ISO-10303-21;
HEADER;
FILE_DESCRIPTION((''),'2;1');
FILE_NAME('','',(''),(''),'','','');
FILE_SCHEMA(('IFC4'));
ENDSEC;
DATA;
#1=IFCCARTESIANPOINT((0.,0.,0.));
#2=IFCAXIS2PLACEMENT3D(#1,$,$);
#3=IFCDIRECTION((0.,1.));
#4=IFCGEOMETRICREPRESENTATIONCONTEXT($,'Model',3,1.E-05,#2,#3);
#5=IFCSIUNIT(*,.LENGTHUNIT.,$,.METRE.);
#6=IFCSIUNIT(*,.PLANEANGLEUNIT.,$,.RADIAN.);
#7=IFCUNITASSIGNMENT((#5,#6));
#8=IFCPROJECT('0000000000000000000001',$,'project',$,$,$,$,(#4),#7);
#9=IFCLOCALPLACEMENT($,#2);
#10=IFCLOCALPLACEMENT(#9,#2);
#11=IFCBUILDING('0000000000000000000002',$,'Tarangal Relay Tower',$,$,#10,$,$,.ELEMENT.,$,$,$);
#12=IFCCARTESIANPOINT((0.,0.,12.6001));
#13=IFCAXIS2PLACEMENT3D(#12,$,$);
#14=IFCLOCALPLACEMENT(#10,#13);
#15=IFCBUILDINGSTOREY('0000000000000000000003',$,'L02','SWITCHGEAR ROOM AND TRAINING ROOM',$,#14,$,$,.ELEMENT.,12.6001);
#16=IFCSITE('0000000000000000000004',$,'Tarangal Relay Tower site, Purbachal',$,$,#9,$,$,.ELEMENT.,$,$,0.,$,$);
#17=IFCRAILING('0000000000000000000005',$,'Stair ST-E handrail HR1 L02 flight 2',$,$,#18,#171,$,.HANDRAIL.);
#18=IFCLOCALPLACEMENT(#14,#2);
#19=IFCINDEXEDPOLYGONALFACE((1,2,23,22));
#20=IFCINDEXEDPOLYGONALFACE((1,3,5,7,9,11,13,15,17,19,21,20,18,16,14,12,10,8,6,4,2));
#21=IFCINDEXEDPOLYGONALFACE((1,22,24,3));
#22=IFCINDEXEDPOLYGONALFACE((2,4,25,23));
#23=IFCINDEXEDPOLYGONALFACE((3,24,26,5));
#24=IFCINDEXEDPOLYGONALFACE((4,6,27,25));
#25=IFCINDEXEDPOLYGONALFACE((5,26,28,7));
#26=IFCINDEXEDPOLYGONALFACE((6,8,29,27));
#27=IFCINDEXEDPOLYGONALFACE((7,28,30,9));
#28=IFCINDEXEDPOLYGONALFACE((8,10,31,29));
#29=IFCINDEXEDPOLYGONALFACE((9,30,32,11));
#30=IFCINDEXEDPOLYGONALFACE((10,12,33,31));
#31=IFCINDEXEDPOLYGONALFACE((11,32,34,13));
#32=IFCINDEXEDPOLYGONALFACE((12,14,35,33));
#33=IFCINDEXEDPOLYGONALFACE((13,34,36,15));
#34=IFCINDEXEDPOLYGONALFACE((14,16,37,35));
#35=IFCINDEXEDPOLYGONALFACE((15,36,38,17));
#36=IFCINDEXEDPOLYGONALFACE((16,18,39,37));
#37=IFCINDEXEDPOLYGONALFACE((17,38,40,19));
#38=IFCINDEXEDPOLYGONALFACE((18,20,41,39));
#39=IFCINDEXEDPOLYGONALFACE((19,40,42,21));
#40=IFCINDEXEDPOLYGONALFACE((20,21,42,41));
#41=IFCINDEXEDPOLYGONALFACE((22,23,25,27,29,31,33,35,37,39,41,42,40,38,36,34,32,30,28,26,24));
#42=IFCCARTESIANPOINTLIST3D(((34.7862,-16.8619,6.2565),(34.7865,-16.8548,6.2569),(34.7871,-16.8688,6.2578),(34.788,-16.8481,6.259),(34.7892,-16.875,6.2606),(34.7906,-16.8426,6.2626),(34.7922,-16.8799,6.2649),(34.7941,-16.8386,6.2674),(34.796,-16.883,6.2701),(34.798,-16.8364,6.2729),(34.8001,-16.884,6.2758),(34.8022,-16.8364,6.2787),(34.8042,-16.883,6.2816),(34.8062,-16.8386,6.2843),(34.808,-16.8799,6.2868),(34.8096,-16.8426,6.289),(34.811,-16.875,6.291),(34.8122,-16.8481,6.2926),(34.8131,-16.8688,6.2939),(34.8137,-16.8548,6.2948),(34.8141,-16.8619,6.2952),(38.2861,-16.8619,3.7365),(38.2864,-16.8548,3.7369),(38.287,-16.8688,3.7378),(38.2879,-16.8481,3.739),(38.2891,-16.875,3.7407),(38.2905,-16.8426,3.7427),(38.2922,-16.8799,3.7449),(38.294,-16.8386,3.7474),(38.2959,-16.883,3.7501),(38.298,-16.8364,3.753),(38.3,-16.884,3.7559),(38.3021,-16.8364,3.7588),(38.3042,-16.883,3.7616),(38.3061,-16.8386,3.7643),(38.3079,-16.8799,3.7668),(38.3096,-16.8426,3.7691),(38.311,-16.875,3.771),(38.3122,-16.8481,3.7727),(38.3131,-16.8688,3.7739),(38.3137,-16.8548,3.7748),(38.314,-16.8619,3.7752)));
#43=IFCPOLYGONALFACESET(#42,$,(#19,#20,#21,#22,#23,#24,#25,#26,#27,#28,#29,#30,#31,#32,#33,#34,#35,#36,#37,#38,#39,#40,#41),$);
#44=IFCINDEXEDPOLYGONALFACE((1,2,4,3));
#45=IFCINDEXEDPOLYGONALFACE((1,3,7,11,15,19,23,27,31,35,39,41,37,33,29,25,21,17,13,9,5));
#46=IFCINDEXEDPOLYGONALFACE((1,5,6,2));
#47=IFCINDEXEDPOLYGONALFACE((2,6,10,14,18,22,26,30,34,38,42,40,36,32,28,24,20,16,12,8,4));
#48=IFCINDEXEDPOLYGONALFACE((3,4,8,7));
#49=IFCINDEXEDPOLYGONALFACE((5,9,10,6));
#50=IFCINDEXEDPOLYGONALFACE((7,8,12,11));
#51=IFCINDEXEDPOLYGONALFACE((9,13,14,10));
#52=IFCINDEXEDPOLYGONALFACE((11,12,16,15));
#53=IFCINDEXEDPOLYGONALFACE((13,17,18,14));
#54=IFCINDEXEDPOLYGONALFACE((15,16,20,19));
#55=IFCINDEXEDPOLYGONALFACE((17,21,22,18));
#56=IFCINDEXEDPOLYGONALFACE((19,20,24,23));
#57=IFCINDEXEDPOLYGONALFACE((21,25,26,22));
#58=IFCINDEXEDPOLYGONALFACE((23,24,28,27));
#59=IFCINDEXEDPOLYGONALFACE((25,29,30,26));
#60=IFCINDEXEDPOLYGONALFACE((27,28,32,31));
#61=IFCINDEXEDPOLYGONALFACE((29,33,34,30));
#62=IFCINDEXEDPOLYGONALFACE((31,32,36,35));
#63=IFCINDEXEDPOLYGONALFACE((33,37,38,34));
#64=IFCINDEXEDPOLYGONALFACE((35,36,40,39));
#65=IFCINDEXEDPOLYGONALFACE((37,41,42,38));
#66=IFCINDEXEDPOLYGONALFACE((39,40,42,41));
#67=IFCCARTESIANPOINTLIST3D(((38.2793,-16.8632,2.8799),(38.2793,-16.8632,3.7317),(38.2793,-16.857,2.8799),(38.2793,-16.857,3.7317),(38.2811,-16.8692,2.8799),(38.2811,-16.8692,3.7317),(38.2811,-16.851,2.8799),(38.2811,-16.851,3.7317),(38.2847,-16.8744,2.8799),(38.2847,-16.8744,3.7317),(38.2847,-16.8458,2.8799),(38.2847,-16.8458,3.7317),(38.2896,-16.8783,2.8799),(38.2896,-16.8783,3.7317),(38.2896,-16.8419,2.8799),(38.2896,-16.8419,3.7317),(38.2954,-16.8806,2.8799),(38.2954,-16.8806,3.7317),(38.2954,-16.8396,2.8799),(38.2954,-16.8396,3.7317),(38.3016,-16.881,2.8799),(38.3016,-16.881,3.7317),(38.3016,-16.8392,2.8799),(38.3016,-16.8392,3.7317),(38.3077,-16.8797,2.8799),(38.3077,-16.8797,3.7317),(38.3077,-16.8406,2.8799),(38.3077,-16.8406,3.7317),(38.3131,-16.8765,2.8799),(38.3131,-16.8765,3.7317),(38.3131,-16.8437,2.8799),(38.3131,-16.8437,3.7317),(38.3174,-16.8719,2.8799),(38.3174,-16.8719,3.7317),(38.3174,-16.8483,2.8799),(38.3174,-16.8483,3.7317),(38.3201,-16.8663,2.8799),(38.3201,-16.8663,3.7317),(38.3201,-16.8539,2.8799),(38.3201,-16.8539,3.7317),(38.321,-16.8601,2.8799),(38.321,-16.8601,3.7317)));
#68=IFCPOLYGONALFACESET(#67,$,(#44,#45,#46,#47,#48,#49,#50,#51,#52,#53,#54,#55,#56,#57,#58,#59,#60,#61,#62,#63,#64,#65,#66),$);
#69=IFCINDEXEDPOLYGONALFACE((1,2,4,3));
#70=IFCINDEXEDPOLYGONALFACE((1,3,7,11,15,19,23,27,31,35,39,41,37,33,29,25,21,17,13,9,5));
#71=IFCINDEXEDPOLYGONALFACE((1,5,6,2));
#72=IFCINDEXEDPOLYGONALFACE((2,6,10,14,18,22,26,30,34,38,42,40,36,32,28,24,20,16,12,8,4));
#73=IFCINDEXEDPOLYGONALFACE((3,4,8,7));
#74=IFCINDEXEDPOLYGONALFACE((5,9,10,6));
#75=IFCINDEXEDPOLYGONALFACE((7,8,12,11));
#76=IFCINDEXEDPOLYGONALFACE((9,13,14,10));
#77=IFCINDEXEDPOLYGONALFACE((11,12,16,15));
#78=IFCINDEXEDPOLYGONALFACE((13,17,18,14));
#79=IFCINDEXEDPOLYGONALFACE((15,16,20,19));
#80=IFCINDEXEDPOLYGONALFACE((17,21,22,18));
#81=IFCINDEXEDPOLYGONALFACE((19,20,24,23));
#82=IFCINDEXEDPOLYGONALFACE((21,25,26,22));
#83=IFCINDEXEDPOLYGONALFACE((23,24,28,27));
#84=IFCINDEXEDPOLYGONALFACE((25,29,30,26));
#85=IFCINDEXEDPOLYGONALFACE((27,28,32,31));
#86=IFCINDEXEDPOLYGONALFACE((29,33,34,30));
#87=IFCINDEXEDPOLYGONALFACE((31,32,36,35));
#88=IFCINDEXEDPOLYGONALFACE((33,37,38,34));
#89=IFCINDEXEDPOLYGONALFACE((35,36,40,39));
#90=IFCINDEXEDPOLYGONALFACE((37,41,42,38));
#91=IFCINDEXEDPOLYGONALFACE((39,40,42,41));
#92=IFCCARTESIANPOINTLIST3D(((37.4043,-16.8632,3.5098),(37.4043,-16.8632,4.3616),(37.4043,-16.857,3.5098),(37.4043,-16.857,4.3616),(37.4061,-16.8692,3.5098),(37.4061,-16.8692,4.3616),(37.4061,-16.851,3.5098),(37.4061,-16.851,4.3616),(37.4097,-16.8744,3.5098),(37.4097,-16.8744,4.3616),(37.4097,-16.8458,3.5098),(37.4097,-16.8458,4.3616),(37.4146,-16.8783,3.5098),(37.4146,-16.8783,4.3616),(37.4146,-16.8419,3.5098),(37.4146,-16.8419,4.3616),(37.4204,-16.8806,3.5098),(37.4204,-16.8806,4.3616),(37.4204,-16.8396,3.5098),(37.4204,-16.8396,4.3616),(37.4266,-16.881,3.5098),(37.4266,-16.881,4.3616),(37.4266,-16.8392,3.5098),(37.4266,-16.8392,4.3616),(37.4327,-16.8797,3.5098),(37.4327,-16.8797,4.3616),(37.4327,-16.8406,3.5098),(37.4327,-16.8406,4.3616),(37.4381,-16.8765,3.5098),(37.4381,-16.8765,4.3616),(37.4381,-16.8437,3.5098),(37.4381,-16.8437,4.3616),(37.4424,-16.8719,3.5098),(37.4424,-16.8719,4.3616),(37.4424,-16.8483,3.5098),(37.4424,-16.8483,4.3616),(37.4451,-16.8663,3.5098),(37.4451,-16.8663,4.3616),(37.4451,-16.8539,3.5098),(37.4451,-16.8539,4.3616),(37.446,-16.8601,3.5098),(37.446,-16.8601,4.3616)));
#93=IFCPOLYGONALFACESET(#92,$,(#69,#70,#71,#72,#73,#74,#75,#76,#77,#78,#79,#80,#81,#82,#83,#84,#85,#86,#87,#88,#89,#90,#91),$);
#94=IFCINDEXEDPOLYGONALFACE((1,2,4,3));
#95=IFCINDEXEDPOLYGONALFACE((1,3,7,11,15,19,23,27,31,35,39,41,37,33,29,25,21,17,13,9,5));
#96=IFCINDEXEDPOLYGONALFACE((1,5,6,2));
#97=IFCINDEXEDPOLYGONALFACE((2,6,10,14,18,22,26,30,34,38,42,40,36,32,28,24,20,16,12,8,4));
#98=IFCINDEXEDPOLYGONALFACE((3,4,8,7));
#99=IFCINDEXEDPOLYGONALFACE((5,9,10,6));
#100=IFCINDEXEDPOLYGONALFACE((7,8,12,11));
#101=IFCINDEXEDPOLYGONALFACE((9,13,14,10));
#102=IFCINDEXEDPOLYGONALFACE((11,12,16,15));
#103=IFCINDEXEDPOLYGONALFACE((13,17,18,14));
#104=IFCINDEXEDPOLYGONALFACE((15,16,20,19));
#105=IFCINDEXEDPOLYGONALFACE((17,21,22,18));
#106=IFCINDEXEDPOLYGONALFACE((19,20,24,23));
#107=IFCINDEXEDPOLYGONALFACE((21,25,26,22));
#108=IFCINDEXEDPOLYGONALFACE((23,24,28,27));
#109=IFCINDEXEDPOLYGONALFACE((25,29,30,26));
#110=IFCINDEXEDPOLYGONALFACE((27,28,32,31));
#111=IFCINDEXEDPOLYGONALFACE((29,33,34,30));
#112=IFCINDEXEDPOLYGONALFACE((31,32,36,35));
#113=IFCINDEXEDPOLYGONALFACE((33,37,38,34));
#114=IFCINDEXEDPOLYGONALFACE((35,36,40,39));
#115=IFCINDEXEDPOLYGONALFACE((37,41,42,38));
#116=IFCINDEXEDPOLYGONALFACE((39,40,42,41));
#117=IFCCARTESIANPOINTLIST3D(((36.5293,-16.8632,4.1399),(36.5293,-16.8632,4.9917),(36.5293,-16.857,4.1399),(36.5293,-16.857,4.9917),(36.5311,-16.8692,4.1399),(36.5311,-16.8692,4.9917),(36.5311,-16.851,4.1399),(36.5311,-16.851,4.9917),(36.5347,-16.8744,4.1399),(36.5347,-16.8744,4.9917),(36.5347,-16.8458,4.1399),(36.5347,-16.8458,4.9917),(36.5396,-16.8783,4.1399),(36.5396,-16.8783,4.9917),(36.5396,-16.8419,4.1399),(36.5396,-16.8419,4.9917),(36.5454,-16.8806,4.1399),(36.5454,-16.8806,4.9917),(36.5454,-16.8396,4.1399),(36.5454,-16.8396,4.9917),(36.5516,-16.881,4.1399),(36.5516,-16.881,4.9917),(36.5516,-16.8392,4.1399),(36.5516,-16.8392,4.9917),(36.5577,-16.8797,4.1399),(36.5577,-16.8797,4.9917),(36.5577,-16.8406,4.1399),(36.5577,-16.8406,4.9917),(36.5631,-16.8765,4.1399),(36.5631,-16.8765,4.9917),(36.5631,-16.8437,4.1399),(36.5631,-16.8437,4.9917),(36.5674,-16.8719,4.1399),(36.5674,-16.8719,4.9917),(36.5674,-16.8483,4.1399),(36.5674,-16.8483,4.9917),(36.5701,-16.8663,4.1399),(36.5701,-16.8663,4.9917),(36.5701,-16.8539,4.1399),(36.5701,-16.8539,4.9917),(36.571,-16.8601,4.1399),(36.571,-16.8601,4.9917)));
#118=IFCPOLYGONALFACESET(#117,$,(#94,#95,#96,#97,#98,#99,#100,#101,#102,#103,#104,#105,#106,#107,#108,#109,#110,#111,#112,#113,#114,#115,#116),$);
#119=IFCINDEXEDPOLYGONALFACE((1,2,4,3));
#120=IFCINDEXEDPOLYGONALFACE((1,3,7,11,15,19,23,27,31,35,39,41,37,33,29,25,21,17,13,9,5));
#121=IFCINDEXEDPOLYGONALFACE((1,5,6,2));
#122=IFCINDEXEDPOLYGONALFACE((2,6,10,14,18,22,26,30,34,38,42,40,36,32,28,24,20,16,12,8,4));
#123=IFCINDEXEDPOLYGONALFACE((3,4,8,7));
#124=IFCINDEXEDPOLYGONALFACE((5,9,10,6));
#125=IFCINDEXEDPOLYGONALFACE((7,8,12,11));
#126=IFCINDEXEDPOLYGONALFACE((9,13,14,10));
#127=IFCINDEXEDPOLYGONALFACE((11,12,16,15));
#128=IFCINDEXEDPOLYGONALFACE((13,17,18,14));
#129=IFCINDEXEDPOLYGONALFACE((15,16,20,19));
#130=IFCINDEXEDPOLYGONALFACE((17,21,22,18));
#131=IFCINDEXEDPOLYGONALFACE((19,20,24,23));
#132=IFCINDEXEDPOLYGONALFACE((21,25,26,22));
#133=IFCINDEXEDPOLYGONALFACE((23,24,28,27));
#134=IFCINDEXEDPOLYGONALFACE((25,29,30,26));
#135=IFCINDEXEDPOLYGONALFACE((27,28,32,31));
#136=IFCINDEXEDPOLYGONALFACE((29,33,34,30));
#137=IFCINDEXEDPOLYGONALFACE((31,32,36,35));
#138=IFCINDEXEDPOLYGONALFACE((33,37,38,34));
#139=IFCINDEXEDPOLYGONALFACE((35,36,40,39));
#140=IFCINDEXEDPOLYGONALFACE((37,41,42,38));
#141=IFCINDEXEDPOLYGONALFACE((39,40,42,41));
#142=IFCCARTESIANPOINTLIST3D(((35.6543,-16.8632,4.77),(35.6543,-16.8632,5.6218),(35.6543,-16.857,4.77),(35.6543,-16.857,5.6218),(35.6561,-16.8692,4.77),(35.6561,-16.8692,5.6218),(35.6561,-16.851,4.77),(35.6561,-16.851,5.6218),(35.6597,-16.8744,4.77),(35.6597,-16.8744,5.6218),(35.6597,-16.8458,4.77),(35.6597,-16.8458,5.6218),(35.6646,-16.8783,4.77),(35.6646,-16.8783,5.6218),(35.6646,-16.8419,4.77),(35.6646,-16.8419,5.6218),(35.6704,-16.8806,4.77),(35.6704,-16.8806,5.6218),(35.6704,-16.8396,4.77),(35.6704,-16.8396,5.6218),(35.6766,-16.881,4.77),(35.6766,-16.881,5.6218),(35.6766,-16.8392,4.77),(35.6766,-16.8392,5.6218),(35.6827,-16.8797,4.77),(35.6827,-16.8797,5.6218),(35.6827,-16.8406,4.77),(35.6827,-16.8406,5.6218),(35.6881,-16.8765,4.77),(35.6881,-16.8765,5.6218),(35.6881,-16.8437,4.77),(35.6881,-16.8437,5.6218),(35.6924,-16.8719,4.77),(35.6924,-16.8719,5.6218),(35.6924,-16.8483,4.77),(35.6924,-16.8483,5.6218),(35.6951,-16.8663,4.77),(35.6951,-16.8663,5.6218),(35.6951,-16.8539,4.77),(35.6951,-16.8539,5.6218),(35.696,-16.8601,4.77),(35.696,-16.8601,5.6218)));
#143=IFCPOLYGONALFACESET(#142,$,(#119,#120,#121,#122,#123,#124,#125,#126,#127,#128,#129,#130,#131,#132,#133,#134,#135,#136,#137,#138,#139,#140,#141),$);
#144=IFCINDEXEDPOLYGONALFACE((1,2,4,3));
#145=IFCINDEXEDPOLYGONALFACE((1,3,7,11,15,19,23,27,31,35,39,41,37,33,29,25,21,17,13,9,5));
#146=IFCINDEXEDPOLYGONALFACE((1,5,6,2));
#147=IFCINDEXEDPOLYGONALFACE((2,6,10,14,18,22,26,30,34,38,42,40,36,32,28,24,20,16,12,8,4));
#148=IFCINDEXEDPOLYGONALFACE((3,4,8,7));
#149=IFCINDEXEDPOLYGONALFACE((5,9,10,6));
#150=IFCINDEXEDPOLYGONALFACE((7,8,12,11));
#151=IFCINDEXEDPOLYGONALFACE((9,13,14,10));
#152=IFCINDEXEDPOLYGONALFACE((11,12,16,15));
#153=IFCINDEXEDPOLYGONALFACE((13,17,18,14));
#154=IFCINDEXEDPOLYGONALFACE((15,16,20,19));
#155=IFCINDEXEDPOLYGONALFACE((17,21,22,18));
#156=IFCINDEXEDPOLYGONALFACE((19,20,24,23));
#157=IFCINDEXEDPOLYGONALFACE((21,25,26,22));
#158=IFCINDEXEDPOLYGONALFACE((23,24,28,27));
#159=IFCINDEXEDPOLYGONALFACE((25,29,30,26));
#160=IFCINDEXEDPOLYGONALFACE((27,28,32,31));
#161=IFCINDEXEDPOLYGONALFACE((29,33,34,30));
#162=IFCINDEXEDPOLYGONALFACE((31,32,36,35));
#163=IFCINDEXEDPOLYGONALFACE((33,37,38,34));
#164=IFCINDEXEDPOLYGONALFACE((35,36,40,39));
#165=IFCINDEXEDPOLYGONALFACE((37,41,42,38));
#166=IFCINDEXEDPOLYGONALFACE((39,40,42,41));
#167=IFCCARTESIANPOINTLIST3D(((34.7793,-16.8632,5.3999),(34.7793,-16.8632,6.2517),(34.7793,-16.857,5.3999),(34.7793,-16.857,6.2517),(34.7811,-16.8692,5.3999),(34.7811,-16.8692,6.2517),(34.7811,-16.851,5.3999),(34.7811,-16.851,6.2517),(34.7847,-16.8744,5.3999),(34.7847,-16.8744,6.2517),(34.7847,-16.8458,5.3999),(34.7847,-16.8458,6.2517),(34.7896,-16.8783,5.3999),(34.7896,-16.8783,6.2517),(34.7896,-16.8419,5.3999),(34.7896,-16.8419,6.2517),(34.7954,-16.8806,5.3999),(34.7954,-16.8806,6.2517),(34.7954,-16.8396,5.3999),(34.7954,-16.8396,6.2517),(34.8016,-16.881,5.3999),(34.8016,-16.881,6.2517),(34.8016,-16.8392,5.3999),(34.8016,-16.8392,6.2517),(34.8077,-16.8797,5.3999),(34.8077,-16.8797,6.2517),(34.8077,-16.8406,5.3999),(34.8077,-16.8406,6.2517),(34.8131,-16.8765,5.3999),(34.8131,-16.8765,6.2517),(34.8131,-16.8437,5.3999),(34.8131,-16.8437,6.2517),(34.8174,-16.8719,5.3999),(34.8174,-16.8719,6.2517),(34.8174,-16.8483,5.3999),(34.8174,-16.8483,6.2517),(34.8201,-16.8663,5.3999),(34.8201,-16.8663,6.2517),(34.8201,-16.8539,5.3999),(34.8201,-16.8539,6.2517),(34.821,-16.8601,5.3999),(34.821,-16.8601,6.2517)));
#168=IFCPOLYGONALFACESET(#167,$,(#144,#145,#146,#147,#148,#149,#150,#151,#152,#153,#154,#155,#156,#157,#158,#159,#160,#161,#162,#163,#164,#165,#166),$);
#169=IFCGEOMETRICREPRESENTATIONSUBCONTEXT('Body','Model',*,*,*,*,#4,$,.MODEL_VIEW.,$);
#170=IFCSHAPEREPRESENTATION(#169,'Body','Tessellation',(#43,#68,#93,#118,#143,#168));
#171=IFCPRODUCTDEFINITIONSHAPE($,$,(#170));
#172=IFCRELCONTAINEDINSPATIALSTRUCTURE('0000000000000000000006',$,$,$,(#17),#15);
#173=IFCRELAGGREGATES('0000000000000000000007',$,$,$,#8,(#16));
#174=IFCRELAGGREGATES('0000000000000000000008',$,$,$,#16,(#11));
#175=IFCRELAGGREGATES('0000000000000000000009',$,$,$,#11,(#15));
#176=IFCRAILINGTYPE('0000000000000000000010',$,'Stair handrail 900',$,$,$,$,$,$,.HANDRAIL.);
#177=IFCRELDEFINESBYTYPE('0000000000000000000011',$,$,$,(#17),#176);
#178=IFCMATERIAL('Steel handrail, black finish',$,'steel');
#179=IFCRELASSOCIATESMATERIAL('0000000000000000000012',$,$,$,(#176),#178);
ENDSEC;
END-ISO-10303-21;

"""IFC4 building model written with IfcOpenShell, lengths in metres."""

from ifc_helpers import new_model, si_unit, direction, frame, origin, origin_2d, place, context, subcontext, project, spatial, circle, extrude, material, type_object, element, save


model = new_model("IFC4")

# Units and contexts
model_context = context("Model", 3, precision=1e-05, world=origin(), true_north=direction((0.0, 1.0)))
body_context = subcontext(model_context, "Body", "Model", "MODEL_VIEW")
ifc_project = project(units=[si_unit("LENGTHUNIT", "METRE"), si_unit("PLANEANGLEUNIT", "RADIAN")], contexts=[model_context])

# Site, building, storey
site_placement = place(None, origin())
site = spatial("IfcSite", under=ifc_project, at=site_placement, Name="Tarangal Relay Tower site, Purbachal", CompositionType="ELEMENT", RefElevation=0.0)
building_placement = place(site_placement, origin())
building = spatial("IfcBuilding", under=site, at=building_placement, Name="Tarangal Relay Tower", CompositionType="ELEMENT")
storey_placement = place(building_placement, frame((0.0, 0.0, 12.6001)))
storey = spatial("IfcBuildingStorey", under=building, at=storey_placement, Name="L02", Description="SWITCHGEAR ROOM AND TRAINING ROOM", CompositionType="ELEMENT", Elevation=12.6001)

# Railing
ifc_material_1 = material(Name="Steel handrail, black finish", Category="steel")
railing_type_1 = type_object("IfcRailingType", Name="Stair handrail 900", PredefinedType="HANDRAIL", material=ifc_material_1)
railing_1_placement = place(storey_placement, frame((38.3, -16.8601, 2.8799)))
element("IfcRailing", 1, at=railing_1_placement, inside=storey, type_object=railing_type_1, Name="Stair ST-E handrail HR1 L02 flight 2", PredefinedType="HANDRAIL", context=body_context, shape_type="SweptSolid", body=[
    extrude(circle(Radius=0.0239, at=origin_2d()), frame((0.0, 0.0, 0.876), z_axis=(-0.811532, 0.0, 0.584308), x_axis=(0.0, -1.0, 0.0)), (0.0, 0.0, 1.0), 4.3127),
    extrude(circle(Radius=0.021, at=origin_2d()), origin(), (0.0, 0.0, 1.0), 0.8518),
    extrude(circle(Radius=0.021, at=origin_2d()), frame((-0.875, 0.0, 0.6299)), (0.0, 0.0, 1.0), 0.8518),
    extrude(circle(Radius=0.021, at=origin_2d()), frame((-1.75, 0.0, 1.26)), (0.0, 0.0, 1.0), 0.8518),
    extrude(circle(Radius=0.021, at=origin_2d()), frame((-2.625, 0.0, 1.8901)), (0.0, 0.0, 1.0), 0.8518),
    extrude(circle(Radius=0.021, at=origin_2d()), frame((-3.5, 0.0, 2.52)), (0.0, 0.0, 1.0), 0.8518),
])

save(model, "model.ifc")
